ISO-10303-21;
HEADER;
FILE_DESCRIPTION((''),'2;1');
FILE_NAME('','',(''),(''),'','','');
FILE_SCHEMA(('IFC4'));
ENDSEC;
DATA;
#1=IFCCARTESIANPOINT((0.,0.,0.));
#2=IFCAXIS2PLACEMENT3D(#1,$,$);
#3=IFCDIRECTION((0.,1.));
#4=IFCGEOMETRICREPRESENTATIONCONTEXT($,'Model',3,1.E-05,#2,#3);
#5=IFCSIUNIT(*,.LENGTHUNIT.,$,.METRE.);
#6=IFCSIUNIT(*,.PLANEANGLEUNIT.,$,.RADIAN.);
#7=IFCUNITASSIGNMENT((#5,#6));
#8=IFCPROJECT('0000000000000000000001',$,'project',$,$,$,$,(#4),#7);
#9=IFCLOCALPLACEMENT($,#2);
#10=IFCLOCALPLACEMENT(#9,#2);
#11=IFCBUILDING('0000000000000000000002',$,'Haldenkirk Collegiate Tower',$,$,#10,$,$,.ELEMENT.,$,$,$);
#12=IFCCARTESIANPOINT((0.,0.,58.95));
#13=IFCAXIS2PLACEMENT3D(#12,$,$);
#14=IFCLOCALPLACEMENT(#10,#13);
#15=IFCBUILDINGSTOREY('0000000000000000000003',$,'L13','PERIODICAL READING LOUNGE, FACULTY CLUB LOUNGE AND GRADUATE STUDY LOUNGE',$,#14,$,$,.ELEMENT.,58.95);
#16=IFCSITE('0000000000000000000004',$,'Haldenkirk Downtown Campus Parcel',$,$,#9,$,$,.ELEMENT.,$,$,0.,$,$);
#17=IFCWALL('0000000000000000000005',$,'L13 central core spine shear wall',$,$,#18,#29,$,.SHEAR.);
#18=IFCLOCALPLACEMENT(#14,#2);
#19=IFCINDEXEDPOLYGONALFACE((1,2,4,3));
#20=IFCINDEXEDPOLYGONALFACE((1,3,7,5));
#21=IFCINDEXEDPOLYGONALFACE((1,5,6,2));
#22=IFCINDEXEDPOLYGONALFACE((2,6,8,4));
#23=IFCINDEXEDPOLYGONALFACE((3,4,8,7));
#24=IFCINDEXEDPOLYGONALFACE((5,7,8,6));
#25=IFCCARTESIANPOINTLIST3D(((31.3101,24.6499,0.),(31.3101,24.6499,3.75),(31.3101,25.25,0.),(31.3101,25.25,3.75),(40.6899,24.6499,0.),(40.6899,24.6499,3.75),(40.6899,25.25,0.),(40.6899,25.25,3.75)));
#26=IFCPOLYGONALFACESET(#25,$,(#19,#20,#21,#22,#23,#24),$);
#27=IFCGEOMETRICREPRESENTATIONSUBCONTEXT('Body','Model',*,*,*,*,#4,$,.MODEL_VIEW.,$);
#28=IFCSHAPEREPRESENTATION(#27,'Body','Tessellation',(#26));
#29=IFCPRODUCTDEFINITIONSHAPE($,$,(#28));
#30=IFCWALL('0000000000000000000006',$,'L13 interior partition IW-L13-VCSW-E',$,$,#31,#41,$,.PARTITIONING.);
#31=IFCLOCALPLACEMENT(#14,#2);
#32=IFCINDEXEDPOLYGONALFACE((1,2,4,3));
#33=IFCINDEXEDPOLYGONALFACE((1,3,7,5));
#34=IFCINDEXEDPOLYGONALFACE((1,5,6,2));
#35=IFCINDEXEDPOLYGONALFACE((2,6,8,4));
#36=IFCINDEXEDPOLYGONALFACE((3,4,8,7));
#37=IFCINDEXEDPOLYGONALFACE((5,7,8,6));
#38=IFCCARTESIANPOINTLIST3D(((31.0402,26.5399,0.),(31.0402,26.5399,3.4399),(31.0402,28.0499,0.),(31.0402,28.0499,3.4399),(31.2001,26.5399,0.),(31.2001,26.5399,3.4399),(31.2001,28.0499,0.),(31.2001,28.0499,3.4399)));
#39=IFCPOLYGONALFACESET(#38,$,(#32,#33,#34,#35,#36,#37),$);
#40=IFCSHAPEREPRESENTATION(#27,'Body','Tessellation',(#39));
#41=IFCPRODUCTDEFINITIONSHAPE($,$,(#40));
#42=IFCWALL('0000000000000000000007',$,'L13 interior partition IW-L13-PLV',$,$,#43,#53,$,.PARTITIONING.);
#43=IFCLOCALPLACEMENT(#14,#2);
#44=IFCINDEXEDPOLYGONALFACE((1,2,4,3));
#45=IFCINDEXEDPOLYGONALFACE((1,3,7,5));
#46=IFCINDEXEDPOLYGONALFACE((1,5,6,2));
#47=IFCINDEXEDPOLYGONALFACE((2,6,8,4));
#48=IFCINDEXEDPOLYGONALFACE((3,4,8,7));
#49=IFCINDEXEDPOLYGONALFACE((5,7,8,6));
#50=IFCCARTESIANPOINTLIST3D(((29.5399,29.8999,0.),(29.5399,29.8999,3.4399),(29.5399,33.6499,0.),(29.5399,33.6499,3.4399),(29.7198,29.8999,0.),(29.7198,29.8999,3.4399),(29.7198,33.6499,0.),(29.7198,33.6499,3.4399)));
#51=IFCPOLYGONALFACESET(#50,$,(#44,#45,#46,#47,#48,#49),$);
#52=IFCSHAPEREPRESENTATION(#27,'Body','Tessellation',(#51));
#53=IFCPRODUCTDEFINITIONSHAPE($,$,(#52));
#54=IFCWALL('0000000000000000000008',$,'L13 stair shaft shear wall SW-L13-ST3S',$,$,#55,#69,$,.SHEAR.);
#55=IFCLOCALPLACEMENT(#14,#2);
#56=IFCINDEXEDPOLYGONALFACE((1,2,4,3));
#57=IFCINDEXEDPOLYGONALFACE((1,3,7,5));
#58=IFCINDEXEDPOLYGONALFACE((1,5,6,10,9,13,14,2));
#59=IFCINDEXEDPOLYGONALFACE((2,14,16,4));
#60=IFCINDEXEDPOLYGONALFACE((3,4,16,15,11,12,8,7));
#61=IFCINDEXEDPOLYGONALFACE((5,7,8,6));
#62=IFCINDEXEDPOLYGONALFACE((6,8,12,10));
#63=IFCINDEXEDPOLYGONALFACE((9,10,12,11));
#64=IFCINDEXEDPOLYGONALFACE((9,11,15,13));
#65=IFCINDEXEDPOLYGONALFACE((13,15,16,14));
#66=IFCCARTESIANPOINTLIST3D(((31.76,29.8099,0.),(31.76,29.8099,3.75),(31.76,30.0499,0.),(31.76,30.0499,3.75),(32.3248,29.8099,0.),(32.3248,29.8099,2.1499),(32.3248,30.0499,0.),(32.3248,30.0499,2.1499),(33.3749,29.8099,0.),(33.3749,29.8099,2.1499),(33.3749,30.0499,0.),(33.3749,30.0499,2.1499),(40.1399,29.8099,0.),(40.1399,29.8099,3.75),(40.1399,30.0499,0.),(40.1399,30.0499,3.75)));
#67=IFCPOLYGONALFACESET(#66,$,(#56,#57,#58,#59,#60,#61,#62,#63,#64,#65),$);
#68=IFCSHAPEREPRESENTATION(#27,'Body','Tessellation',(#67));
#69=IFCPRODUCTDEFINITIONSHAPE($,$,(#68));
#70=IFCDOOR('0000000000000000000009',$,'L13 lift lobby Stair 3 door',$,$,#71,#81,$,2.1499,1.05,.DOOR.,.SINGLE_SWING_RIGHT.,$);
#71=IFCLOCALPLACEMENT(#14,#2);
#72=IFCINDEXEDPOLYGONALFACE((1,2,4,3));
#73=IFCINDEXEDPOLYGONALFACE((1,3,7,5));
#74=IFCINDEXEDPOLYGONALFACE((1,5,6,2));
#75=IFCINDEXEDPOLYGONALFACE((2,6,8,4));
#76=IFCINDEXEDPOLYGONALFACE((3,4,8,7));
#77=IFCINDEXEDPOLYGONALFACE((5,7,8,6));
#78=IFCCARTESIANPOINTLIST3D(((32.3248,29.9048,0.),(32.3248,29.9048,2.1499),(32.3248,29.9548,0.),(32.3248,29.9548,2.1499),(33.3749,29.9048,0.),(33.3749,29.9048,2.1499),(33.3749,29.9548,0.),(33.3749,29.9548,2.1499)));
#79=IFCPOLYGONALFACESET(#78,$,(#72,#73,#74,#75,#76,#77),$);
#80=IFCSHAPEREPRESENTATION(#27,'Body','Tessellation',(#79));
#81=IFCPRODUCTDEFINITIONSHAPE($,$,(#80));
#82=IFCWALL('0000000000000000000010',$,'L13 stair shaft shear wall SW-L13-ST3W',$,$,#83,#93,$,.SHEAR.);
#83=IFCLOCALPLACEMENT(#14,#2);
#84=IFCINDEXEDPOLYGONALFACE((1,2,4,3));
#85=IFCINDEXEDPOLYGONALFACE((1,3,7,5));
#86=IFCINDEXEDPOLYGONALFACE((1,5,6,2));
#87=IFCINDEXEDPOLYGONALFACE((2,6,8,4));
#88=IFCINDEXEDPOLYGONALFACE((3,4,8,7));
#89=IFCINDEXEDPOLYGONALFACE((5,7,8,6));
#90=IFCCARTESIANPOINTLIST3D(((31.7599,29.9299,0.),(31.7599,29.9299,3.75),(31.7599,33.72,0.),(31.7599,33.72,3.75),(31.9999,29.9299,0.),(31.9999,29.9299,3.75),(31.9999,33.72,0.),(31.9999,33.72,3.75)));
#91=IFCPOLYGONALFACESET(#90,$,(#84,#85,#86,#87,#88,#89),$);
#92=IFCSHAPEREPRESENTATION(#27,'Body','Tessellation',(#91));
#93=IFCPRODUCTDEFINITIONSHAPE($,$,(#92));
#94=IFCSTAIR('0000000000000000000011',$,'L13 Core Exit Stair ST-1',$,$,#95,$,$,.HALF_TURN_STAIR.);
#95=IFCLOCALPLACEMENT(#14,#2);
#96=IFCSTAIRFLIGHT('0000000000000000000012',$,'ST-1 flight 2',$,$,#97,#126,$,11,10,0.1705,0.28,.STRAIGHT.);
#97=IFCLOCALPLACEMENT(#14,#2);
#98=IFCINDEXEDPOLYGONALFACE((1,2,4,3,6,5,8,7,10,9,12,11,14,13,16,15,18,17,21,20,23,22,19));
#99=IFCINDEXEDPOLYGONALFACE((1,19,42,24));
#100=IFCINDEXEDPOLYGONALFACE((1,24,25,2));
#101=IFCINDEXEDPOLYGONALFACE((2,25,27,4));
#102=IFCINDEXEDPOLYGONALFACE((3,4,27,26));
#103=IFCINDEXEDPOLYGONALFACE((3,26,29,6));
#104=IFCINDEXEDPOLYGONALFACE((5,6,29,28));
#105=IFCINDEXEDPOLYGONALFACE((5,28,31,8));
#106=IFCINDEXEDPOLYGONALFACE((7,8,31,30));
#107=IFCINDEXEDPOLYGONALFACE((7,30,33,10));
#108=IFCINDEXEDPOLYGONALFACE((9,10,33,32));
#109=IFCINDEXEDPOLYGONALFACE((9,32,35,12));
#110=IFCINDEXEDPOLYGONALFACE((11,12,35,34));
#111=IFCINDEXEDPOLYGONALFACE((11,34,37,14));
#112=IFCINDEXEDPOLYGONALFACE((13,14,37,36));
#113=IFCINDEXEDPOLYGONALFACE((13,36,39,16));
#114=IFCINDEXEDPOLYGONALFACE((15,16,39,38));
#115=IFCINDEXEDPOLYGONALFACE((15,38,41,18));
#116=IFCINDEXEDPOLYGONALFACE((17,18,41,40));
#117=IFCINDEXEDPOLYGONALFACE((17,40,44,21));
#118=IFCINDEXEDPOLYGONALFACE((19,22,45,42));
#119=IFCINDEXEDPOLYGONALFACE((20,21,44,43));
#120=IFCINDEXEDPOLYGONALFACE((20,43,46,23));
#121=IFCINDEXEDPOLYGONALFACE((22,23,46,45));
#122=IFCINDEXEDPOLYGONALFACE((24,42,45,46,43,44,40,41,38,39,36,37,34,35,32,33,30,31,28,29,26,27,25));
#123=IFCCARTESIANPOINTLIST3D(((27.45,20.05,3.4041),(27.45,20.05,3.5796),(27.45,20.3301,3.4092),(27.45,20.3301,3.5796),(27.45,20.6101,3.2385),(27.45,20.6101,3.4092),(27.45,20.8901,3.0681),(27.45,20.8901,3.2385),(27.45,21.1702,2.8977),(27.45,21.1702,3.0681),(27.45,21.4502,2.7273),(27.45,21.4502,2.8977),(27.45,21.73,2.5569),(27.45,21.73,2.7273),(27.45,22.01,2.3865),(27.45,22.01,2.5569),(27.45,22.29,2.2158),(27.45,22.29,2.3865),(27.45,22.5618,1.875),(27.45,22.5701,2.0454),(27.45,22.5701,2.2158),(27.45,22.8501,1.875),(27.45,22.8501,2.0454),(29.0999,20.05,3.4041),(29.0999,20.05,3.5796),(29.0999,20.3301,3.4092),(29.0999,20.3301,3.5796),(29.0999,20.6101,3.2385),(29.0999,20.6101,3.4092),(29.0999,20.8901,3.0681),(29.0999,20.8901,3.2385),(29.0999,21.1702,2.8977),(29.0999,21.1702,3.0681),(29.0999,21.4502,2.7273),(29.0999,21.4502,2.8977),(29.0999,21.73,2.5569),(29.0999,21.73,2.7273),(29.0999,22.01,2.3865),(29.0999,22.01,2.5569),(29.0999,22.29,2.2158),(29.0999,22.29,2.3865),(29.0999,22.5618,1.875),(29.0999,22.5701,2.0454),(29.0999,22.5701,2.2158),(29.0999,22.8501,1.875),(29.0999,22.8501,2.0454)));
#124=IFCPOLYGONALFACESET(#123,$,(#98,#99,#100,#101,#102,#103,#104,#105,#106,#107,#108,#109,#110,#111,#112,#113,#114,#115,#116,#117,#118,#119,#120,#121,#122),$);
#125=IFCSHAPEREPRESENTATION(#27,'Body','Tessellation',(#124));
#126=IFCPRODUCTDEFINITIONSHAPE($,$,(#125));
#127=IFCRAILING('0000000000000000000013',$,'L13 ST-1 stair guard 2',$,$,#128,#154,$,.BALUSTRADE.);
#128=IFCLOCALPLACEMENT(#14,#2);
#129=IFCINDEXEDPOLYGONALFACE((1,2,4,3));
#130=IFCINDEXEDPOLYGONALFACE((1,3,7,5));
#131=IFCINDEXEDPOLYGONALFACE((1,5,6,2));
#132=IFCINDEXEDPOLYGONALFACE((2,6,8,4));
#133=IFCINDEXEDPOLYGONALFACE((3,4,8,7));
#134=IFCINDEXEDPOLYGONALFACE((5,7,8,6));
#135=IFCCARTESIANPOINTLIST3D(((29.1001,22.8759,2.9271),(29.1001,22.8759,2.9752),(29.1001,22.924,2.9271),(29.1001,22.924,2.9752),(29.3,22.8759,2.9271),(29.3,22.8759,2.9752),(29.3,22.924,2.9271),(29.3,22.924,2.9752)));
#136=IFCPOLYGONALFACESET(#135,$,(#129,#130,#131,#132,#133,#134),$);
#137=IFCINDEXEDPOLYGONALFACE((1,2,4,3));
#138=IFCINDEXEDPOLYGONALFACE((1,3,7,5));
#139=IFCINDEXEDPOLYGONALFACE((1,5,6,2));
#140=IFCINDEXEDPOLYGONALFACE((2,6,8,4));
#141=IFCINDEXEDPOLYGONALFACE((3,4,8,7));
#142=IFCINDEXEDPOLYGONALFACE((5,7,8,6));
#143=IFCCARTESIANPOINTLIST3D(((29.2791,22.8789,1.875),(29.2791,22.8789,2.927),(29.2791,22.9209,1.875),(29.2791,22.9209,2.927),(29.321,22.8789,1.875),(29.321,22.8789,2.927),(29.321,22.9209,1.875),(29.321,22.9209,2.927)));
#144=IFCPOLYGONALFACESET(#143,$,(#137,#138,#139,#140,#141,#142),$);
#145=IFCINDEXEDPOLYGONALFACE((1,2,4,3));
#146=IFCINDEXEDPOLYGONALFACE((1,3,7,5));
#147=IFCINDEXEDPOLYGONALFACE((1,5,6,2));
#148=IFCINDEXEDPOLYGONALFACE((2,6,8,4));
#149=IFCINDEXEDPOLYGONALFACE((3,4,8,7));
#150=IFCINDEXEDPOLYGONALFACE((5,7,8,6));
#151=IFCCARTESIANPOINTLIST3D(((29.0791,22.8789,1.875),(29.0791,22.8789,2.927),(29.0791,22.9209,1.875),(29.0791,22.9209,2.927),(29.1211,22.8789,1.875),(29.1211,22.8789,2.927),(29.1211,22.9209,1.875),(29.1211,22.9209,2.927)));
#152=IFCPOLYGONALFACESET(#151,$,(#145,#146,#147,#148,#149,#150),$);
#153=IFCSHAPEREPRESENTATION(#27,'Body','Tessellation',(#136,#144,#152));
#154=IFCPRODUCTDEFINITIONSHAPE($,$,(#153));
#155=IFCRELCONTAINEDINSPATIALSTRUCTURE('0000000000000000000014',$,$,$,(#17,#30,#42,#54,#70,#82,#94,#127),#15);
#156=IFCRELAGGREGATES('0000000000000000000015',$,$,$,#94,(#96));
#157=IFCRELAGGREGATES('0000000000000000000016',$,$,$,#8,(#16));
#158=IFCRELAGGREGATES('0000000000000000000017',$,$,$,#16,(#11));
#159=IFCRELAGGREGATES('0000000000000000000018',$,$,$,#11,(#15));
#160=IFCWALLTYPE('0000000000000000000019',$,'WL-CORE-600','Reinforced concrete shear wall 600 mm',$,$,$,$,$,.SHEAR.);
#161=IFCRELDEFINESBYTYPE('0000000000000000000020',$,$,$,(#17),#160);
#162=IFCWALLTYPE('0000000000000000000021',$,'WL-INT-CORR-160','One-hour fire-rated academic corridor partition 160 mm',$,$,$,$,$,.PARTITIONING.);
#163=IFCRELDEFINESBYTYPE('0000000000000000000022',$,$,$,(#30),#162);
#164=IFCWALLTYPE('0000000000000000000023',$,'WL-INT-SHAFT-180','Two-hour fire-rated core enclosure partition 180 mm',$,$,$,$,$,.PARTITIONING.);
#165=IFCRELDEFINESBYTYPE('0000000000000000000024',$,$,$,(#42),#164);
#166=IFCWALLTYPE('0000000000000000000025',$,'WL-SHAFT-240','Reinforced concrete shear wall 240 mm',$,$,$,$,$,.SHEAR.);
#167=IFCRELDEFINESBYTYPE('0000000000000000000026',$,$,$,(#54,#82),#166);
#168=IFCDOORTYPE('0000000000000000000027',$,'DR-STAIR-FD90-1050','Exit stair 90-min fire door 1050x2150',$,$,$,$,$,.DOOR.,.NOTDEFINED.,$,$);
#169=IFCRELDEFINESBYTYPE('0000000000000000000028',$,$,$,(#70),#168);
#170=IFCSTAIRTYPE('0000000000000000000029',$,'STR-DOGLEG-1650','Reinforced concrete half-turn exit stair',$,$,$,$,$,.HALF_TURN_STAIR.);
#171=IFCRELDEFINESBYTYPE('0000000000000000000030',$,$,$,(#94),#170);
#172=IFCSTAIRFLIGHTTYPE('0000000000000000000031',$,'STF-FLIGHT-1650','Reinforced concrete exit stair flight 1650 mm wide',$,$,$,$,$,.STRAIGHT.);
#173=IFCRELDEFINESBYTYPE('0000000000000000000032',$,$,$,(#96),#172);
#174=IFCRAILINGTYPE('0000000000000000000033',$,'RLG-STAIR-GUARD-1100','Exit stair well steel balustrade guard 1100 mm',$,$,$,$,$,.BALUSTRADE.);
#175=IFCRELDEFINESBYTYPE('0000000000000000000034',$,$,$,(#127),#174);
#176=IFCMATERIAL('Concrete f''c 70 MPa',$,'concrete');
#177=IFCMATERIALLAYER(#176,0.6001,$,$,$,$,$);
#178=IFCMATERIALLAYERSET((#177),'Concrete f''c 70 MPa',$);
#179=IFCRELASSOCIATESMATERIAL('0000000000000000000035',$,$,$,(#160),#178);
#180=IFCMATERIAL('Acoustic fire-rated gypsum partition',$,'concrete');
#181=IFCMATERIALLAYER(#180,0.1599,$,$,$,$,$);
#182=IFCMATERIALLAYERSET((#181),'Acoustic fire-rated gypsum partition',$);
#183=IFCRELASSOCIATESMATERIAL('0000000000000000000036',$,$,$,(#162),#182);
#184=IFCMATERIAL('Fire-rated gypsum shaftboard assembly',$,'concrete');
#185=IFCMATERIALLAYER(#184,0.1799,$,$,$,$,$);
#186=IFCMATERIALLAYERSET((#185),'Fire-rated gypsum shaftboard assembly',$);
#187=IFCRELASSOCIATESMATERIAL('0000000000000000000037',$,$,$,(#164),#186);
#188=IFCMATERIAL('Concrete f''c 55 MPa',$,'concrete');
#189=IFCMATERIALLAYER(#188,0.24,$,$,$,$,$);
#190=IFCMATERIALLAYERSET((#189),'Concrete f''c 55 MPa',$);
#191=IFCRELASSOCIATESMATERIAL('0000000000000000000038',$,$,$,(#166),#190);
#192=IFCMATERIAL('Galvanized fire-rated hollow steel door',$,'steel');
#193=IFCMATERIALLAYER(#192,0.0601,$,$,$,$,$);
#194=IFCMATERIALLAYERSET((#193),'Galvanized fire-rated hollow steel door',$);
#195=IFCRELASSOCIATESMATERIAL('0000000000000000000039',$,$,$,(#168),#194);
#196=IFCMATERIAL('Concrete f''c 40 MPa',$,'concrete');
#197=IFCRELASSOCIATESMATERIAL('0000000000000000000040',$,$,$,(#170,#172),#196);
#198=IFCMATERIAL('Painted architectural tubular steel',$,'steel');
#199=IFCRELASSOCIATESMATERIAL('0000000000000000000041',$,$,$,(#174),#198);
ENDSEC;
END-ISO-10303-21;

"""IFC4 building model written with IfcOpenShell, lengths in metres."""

from ifc_helpers import new_model, si_unit, direction, frame, frame_2d, origin, origin_2d, place, context, subcontext, project, spatial, polyline, rectangle, outline, extrude, material, layer, layer_set, type_object, element, fill, aggregate, save


model = new_model("IFC4")

# Units and contexts
model_context = context("Model", 3, precision=1e-05, world=origin(), true_north=direction((0.0, 1.0)))
body_context = subcontext(model_context, "Body", "Model", "MODEL_VIEW")
ifc_project = project(units=[si_unit("LENGTHUNIT", "METRE"), si_unit("PLANEANGLEUNIT", "RADIAN")], contexts=[model_context])

# Site, building, storey
site_placement = place(None, origin())
site = spatial("IfcSite", under=ifc_project, at=site_placement, Name="Haldenkirk Downtown Campus Parcel", CompositionType="ELEMENT", RefElevation=0.0)
building_placement = place(site_placement, origin())
building = spatial("IfcBuilding", under=site, at=building_placement, Name="Haldenkirk Collegiate Tower", CompositionType="ELEMENT")
storey_placement = place(building_placement, frame((0.0, 0.0, 58.95)))
storey = spatial("IfcBuildingStorey", under=building, at=storey_placement, Name="L13", Description="PERIODICAL READING LOUNGE, FACULTY CLUB LOUNGE AND GRADUATE STUDY LOUNGE", CompositionType="ELEMENT", Elevation=58.95)

# Walls
ifc_material_1 = material(Name="Concrete f'c 70 MPa", Category="concrete")
ifc_layer_1 = layer(ifc_material_1, 0.6001)
ifc_layer_set_1 = layer_set([ifc_layer_1], Name="Concrete f'c 70 MPa")
wall_type_1 = type_object("IfcWallType", Name="WL-CORE-600", Description="Reinforced concrete shear wall 600 mm", PredefinedType="SHEAR", material=ifc_layer_set_1)
wall_1_placement = place(storey_placement, frame((31.3101, 24.95, 0.0), z_axis=(0.0, 0.0, 1.0), x_axis=(1.0, 0.0, 0.0)))
element("IfcWall", 1, at=wall_1_placement, inside=storey, type_object=wall_type_1, Name="L13 central core spine shear wall", PredefinedType="SHEAR", context=body_context, shape_type="SweptSolid", body=[
    extrude(rectangle(XDim=9.3799, YDim=0.6001, at=frame_2d((4.6899, 0.0))), origin(), (0.0, 0.0, 1.0), 3.75),
])
ifc_material_2 = material(Name="Acoustic fire-rated gypsum partition", Category="concrete")
ifc_layer_2 = layer(ifc_material_2, 0.1599)
ifc_layer_set_2 = layer_set([ifc_layer_2], Name="Acoustic fire-rated gypsum partition")
wall_type_2 = type_object("IfcWallType", Name="WL-INT-CORR-160", Description="One-hour fire-rated academic corridor partition 160 mm", PredefinedType="PARTITIONING", material=ifc_layer_set_2)
wall_2_placement = place(storey_placement, frame((31.1201, 26.54, 0.0), z_axis=(0.0, 0.0, 1.0), x_axis=(0.0, 1.0, 0.0)))
element("IfcWall", 2, at=wall_2_placement, inside=storey, type_object=wall_type_2, Name="L13 interior partition IW-L13-VCSW-E", PredefinedType="PARTITIONING", context=body_context, shape_type="SweptSolid", body=[
    extrude(rectangle(XDim=1.51, YDim=0.1599, at=frame_2d((0.7549, 0.0))), origin(), (0.0, 0.0, 1.0), 3.4399),
])
ifc_material_3 = material(Name="Fire-rated gypsum shaftboard assembly", Category="concrete")
ifc_layer_3 = layer(ifc_material_3, 0.1799)
ifc_layer_set_3 = layer_set([ifc_layer_3], Name="Fire-rated gypsum shaftboard assembly")
wall_type_3 = type_object("IfcWallType", Name="WL-INT-SHAFT-180", Description="Two-hour fire-rated core enclosure partition 180 mm", PredefinedType="PARTITIONING", material=ifc_layer_set_3)
wall_3_placement = place(storey_placement, frame((29.6299, 29.8999, 0.0), z_axis=(0.0, 0.0, 1.0), x_axis=(0.0, 1.0, 0.0)))
element("IfcWall", 3, at=wall_3_placement, inside=storey, type_object=wall_type_3, Name="L13 interior partition IW-L13-PLV", PredefinedType="PARTITIONING", context=body_context, shape_type="SweptSolid", body=[
    extrude(rectangle(XDim=3.75, YDim=0.1799, at=frame_2d((1.875, 0.0))), origin(), (0.0, 0.0, 1.0), 3.4399),
])

# Wall, opening, door
ifc_material_4 = material(Name="Concrete f'c 55 MPa", Category="concrete")
ifc_layer_4 = layer(ifc_material_4, 0.24)
ifc_layer_set_4 = layer_set([ifc_layer_4], Name="Concrete f'c 55 MPa")
wall_type_4 = type_object("IfcWallType", Name="WL-SHAFT-240", Description="Reinforced concrete shear wall 240 mm", PredefinedType="SHEAR", material=ifc_layer_set_4)
wall_4_placement = place(storey_placement, frame((31.76, 29.9299, 0.0), z_axis=(0.0, 0.0, 1.0), x_axis=(1.0, 0.0, 0.0)))
wall_4 = element("IfcWall", 4, at=wall_4_placement, inside=storey, type_object=wall_type_4, Name="L13 stair shaft shear wall SW-L13-ST3S", PredefinedType="SHEAR", context=body_context, shape_type="SweptSolid", body=[
    extrude(rectangle(XDim=8.3799, YDim=0.24, at=frame_2d((4.1899, 0.0))), origin(), (0.0, 0.0, 1.0), 3.75),
])
opening_1_placement = place(wall_4_placement, frame((0.5649, 0.0, 0.0)))
opening_1 = element("IfcOpeningElement", 5, at=opening_1_placement, cuts=wall_4, PredefinedType="OPENING", context=body_context, shape_type="SweptSolid", body=[
    extrude(rectangle(XDim=1.05, YDim=2.1499, at=frame_2d((0.5249, 1.075))), frame((0.0, 0.1299, 0.0), z_axis=(0.0, -1.0, 0.0), x_axis=(1.0, 0.0, 0.0)), (0.0, 0.0, 1.0), 0.26),
])
ifc_material_5 = material(Name="Galvanized fire-rated hollow steel door", Category="steel")
ifc_layer_5 = layer(ifc_material_5, 0.0601)
ifc_layer_set_5 = layer_set([ifc_layer_5], Name="Galvanized fire-rated hollow steel door")
door_type_1 = type_object("IfcDoorType", Name="DR-STAIR-FD90-1050", Description="Exit stair 90-min fire door 1050x2150", OperationType="NOTDEFINED", PredefinedType="DOOR", material=ifc_layer_set_5)
door_1_placement = place(opening_1_placement, origin())
door_1 = element("IfcDoor", 6, at=door_1_placement, inside=storey, type_object=door_type_1, Name="L13 lift lobby Stair 3 door", OperationType="SINGLE_SWING_RIGHT", OverallHeight=2.1499, OverallWidth=1.05, PredefinedType="DOOR", context=body_context, shape_type="SweptSolid", body=[
    extrude(rectangle(XDim=1.05, YDim=2.1499, at=frame_2d((0.5249, 1.075))), frame((0.0, 0.0249, 0.0), z_axis=(0.0, -1.0, 0.0), x_axis=(1.0, 0.0, 0.0)), (0.0, 0.0, 1.0), 0.05),
])
fill(opening_1, door_1)

# Wall
wall_5_placement = place(storey_placement, frame((31.8799, 29.9299, 0.0), z_axis=(0.0, 0.0, 1.0), x_axis=(0.0, 1.0, 0.0)))
element("IfcWall", 7, at=wall_5_placement, inside=storey, type_object=wall_type_4, Name="L13 stair shaft shear wall SW-L13-ST3W", PredefinedType="SHEAR", context=body_context, shape_type="SweptSolid", body=[
    extrude(rectangle(XDim=3.79, YDim=0.24, at=frame_2d((1.895, 0.0))), origin(), (0.0, 0.0, 1.0), 3.75),
])

# Stair, stair flight
ifc_material_6 = material(Name="Concrete f'c 40 MPa", Category="concrete")
stair_type = type_object("IfcStairType", Name="STR-DOGLEG-1650", Description="Reinforced concrete half-turn exit stair", PredefinedType="HALF_TURN_STAIR", material=ifc_material_6)
stair_placement = place(storey_placement, origin())
stair = element("IfcStair", 8, at=stair_placement, inside=storey, type_object=stair_type, Name="L13 Core Exit Stair ST-1", PredefinedType="HALF_TURN_STAIR")
stair_flight_type = type_object("IfcStairFlightType", Name="STF-FLIGHT-1650", Description="Reinforced concrete exit stair flight 1650 mm wide", PredefinedType="STRAIGHT", material=ifc_material_6)
stair_flight_placement = place(storey_placement, frame((28.2749, 22.8501, 1.875), z_axis=(0.0, 0.0, 1.0), x_axis=(0.0, -1.0, 0.0)))
stair_flight = element("IfcStairFlight", 9, at=stair_flight_placement, type_object=stair_flight_type, Name="ST-1 flight 2", NumberOfRisers=11, NumberOfTreads=10, PredefinedType="STRAIGHT", RiserHeight=0.1705, TreadLength=0.28, context=body_context, shape_type="SweptSolid", body=[
    extrude(outline(polyline([(0.0, 0.0), (0.0, 0.1704), (0.28, 0.1704), (0.28, 0.3408), (0.5601, 0.3408), (0.5601, 0.5115), (0.8401, 0.5115), (0.8401, 0.6819), (1.1201, 0.6819), (1.1201, 0.8523), (1.3999, 0.8523), (1.3999, 1.0227), (1.6799, 1.0227), (1.6799, 1.1931), (1.96, 1.1931), (1.96, 1.3635), (2.24, 1.3635), (2.24, 1.5342), (2.52, 1.5342), (2.52, 1.7046), (2.8, 1.7046), (2.8, 1.875), (2.8, 1.5291), (0.2883, 0.0), (0.0, 0.0)])), frame((0.0, 0.825, 0.0), z_axis=(0.0, -1.0, 0.0), x_axis=(1.0, 0.0, 0.0)), (0.0, 0.0, 1.0), 1.6499),
])
aggregate(stair, [stair_flight])

# Railing
ifc_material_7 = material(Name="Painted architectural tubular steel", Category="steel")
railing_type = type_object("IfcRailingType", Name="RLG-STAIR-GUARD-1100", Description="Exit stair well steel balustrade guard 1100 mm", PredefinedType="BALUSTRADE", material=ifc_material_7)
railing_1_placement = place(storey_placement, frame((29.3, 22.8999, 1.875)))
element("IfcRailing", 10, at=railing_1_placement, inside=storey, type_object=railing_type, Name="L13 ST-1 stair guard 2", PredefinedType="BALUSTRADE", context=body_context, shape_type="SweptSolid", body=[
    extrude(rectangle(XDim=0.0481, YDim=0.0481, at=origin_2d()), frame((0.0, 0.0, 1.0762), z_axis=(-1.0, 0.0, 0.0), x_axis=(0.0, -1.0, 0.0)), (0.0, 0.0, 1.0), 0.2),
    extrude(rectangle(XDim=0.042, YDim=0.042, at=origin_2d()), origin(), (0.0, 0.0, 1.0), 1.052),
    extrude(rectangle(XDim=0.042, YDim=0.042, at=origin_2d()), frame((-0.2, 0.0, 0.0)), (0.0, 0.0, 1.0), 1.052),
])

save(model, "model.ifc")
